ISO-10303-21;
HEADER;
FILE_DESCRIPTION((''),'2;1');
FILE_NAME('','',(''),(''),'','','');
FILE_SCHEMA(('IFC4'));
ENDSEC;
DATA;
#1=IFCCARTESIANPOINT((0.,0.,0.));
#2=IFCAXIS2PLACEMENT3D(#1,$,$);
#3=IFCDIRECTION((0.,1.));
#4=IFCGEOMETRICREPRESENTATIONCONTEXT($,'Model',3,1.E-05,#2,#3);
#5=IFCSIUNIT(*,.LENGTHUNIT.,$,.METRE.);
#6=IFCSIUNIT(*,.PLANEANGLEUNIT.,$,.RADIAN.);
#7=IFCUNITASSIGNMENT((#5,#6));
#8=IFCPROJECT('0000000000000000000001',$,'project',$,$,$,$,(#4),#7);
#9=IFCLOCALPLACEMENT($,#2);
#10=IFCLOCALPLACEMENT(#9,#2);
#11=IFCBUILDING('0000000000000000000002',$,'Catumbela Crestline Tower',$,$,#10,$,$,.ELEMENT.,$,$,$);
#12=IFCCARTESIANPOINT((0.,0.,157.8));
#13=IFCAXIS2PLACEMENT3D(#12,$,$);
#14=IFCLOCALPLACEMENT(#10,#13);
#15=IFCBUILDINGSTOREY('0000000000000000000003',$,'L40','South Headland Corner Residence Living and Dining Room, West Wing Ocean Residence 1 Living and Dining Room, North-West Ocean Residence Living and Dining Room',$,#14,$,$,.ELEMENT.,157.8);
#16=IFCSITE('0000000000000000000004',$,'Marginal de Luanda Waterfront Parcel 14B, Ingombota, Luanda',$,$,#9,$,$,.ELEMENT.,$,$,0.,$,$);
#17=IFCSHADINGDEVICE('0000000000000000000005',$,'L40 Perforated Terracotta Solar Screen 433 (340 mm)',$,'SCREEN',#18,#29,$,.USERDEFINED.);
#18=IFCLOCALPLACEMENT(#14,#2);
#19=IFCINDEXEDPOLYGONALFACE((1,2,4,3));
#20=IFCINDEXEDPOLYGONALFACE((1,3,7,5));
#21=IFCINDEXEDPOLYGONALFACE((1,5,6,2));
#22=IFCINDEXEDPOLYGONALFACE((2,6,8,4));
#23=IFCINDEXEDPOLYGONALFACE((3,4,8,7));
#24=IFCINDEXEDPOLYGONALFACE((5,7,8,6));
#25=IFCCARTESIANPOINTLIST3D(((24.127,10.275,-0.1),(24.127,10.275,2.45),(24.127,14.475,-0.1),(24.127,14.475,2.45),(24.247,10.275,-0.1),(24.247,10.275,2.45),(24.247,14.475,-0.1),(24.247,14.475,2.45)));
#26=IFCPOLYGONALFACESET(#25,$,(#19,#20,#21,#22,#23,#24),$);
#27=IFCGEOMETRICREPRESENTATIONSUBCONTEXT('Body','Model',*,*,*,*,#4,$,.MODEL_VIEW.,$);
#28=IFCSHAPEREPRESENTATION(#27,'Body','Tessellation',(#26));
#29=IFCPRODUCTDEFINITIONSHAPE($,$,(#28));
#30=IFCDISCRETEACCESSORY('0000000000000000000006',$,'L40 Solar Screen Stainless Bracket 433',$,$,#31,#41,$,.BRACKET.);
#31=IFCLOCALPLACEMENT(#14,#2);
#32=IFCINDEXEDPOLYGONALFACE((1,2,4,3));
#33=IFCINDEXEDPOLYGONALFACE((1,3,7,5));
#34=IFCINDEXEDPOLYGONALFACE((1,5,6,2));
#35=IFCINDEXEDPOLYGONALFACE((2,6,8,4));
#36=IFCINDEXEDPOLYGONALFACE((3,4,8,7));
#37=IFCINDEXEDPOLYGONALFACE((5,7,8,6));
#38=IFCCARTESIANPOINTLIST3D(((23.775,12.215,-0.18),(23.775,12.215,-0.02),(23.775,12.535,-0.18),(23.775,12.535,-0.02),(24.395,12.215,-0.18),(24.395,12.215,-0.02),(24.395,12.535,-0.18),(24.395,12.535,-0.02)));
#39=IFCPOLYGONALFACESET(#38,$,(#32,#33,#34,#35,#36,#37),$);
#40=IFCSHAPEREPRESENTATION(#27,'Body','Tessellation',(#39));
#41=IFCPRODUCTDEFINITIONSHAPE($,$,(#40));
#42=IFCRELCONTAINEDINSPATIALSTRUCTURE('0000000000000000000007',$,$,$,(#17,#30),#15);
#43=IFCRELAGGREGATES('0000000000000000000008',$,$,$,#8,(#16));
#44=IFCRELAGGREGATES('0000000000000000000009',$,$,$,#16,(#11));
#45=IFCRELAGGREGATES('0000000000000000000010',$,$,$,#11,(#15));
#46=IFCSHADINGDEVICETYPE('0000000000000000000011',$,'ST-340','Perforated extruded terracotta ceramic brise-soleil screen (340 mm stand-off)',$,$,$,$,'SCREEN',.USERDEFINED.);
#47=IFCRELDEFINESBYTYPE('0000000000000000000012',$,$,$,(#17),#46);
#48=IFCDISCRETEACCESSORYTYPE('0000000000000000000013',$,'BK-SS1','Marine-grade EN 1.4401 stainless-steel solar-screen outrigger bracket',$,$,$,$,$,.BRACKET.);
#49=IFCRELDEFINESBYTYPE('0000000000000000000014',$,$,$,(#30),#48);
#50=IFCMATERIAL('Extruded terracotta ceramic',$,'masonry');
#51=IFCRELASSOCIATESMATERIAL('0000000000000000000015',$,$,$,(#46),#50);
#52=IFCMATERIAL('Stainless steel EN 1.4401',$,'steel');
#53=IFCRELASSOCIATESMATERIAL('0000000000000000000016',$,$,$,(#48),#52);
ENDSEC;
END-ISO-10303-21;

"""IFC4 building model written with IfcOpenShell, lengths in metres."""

from ifc_helpers import new_model, si_unit, direction, frame, origin, origin_2d, place, context, subcontext, project, spatial, rectangle, extrude, material, type_object, element, save


model = new_model("IFC4")

# Units and contexts
model_context = context("Model", 3, precision=1e-05, world=origin(), true_north=direction((0.0, 1.0)))
body_context = subcontext(model_context, "Body", "Model", "MODEL_VIEW")
ifc_project = project(units=[si_unit("LENGTHUNIT", "METRE"), si_unit("PLANEANGLEUNIT", "RADIAN")], contexts=[model_context])

# Site, building, storey
site_placement = place(None, origin())
site = spatial("IfcSite", under=ifc_project, at=site_placement, Name="Marginal de Luanda Waterfront Parcel 14B, Ingombota, Luanda", CompositionType="ELEMENT", RefElevation=0.0)
building_placement = place(site_placement, origin())
building = spatial("IfcBuilding", under=site, at=building_placement, Name="Catumbela Crestline Tower", CompositionType="ELEMENT")
storey_placement = place(building_placement, frame((0.0, 0.0, 157.8)))
storey = spatial("IfcBuildingStorey", under=building, at=storey_placement, Name="L40", Description="South Headland Corner Residence Living and Dining Room, West Wing Ocean Residence 1 Living and Dining Room, North-West Ocean Residence Living and Dining Room", CompositionType="ELEMENT", Elevation=157.8)

# Shading device
ifc_material_1 = material(Name="Extruded terracotta ceramic", Category="masonry")
shading_device_type = type_object("IfcShadingDeviceType", Name="ST-340", Description="Perforated extruded terracotta ceramic brise-soleil screen (340 mm stand-off)", ElementType="SCREEN", PredefinedType="USERDEFINED", material=ifc_material_1)
shading_device_placement = place(storey_placement, frame((24.187, 12.375, -0.1), z_axis=(0.0, 0.0, 1.0), x_axis=(0.0, 1.0, 0.0)))
element("IfcShadingDevice", 1, at=shading_device_placement, inside=storey, type_object=shading_device_type, Name="L40 Perforated Terracotta Solar Screen 433 (340 mm)", ObjectType="SCREEN", PredefinedType="USERDEFINED", context=body_context, shape_type="SweptSolid", body=[
    extrude(rectangle(XDim=4.2, YDim=0.12, at=origin_2d()), origin(), (0.0, 0.0, 1.0), 2.55),
])

# Discrete accessory
ifc_material_2 = material(Name="Stainless steel EN 1.4401", Category="steel")
discrete_accessory_type = type_object("IfcDiscreteAccessoryType", Name="BK-SS1", Description="Marine-grade EN 1.4401 stainless-steel solar-screen outrigger bracket", PredefinedType="BRACKET", material=ifc_material_2)
discrete_accessory_placement = place(storey_placement, frame((24.085, 12.375, -0.18), z_axis=(0.0, 0.0, 1.0), x_axis=(0.0, 1.0, 0.0)))
element("IfcDiscreteAccessory", 2, at=discrete_accessory_placement, inside=storey, type_object=discrete_accessory_type, Name="L40 Solar Screen Stainless Bracket 433", PredefinedType="BRACKET", context=body_context, shape_type="SweptSolid", body=[
    extrude(rectangle(XDim=0.32, YDim=0.62, at=origin_2d()), origin(), (0.0, 0.0, 1.0), 0.16),
])

save(model, "model.ifc")
